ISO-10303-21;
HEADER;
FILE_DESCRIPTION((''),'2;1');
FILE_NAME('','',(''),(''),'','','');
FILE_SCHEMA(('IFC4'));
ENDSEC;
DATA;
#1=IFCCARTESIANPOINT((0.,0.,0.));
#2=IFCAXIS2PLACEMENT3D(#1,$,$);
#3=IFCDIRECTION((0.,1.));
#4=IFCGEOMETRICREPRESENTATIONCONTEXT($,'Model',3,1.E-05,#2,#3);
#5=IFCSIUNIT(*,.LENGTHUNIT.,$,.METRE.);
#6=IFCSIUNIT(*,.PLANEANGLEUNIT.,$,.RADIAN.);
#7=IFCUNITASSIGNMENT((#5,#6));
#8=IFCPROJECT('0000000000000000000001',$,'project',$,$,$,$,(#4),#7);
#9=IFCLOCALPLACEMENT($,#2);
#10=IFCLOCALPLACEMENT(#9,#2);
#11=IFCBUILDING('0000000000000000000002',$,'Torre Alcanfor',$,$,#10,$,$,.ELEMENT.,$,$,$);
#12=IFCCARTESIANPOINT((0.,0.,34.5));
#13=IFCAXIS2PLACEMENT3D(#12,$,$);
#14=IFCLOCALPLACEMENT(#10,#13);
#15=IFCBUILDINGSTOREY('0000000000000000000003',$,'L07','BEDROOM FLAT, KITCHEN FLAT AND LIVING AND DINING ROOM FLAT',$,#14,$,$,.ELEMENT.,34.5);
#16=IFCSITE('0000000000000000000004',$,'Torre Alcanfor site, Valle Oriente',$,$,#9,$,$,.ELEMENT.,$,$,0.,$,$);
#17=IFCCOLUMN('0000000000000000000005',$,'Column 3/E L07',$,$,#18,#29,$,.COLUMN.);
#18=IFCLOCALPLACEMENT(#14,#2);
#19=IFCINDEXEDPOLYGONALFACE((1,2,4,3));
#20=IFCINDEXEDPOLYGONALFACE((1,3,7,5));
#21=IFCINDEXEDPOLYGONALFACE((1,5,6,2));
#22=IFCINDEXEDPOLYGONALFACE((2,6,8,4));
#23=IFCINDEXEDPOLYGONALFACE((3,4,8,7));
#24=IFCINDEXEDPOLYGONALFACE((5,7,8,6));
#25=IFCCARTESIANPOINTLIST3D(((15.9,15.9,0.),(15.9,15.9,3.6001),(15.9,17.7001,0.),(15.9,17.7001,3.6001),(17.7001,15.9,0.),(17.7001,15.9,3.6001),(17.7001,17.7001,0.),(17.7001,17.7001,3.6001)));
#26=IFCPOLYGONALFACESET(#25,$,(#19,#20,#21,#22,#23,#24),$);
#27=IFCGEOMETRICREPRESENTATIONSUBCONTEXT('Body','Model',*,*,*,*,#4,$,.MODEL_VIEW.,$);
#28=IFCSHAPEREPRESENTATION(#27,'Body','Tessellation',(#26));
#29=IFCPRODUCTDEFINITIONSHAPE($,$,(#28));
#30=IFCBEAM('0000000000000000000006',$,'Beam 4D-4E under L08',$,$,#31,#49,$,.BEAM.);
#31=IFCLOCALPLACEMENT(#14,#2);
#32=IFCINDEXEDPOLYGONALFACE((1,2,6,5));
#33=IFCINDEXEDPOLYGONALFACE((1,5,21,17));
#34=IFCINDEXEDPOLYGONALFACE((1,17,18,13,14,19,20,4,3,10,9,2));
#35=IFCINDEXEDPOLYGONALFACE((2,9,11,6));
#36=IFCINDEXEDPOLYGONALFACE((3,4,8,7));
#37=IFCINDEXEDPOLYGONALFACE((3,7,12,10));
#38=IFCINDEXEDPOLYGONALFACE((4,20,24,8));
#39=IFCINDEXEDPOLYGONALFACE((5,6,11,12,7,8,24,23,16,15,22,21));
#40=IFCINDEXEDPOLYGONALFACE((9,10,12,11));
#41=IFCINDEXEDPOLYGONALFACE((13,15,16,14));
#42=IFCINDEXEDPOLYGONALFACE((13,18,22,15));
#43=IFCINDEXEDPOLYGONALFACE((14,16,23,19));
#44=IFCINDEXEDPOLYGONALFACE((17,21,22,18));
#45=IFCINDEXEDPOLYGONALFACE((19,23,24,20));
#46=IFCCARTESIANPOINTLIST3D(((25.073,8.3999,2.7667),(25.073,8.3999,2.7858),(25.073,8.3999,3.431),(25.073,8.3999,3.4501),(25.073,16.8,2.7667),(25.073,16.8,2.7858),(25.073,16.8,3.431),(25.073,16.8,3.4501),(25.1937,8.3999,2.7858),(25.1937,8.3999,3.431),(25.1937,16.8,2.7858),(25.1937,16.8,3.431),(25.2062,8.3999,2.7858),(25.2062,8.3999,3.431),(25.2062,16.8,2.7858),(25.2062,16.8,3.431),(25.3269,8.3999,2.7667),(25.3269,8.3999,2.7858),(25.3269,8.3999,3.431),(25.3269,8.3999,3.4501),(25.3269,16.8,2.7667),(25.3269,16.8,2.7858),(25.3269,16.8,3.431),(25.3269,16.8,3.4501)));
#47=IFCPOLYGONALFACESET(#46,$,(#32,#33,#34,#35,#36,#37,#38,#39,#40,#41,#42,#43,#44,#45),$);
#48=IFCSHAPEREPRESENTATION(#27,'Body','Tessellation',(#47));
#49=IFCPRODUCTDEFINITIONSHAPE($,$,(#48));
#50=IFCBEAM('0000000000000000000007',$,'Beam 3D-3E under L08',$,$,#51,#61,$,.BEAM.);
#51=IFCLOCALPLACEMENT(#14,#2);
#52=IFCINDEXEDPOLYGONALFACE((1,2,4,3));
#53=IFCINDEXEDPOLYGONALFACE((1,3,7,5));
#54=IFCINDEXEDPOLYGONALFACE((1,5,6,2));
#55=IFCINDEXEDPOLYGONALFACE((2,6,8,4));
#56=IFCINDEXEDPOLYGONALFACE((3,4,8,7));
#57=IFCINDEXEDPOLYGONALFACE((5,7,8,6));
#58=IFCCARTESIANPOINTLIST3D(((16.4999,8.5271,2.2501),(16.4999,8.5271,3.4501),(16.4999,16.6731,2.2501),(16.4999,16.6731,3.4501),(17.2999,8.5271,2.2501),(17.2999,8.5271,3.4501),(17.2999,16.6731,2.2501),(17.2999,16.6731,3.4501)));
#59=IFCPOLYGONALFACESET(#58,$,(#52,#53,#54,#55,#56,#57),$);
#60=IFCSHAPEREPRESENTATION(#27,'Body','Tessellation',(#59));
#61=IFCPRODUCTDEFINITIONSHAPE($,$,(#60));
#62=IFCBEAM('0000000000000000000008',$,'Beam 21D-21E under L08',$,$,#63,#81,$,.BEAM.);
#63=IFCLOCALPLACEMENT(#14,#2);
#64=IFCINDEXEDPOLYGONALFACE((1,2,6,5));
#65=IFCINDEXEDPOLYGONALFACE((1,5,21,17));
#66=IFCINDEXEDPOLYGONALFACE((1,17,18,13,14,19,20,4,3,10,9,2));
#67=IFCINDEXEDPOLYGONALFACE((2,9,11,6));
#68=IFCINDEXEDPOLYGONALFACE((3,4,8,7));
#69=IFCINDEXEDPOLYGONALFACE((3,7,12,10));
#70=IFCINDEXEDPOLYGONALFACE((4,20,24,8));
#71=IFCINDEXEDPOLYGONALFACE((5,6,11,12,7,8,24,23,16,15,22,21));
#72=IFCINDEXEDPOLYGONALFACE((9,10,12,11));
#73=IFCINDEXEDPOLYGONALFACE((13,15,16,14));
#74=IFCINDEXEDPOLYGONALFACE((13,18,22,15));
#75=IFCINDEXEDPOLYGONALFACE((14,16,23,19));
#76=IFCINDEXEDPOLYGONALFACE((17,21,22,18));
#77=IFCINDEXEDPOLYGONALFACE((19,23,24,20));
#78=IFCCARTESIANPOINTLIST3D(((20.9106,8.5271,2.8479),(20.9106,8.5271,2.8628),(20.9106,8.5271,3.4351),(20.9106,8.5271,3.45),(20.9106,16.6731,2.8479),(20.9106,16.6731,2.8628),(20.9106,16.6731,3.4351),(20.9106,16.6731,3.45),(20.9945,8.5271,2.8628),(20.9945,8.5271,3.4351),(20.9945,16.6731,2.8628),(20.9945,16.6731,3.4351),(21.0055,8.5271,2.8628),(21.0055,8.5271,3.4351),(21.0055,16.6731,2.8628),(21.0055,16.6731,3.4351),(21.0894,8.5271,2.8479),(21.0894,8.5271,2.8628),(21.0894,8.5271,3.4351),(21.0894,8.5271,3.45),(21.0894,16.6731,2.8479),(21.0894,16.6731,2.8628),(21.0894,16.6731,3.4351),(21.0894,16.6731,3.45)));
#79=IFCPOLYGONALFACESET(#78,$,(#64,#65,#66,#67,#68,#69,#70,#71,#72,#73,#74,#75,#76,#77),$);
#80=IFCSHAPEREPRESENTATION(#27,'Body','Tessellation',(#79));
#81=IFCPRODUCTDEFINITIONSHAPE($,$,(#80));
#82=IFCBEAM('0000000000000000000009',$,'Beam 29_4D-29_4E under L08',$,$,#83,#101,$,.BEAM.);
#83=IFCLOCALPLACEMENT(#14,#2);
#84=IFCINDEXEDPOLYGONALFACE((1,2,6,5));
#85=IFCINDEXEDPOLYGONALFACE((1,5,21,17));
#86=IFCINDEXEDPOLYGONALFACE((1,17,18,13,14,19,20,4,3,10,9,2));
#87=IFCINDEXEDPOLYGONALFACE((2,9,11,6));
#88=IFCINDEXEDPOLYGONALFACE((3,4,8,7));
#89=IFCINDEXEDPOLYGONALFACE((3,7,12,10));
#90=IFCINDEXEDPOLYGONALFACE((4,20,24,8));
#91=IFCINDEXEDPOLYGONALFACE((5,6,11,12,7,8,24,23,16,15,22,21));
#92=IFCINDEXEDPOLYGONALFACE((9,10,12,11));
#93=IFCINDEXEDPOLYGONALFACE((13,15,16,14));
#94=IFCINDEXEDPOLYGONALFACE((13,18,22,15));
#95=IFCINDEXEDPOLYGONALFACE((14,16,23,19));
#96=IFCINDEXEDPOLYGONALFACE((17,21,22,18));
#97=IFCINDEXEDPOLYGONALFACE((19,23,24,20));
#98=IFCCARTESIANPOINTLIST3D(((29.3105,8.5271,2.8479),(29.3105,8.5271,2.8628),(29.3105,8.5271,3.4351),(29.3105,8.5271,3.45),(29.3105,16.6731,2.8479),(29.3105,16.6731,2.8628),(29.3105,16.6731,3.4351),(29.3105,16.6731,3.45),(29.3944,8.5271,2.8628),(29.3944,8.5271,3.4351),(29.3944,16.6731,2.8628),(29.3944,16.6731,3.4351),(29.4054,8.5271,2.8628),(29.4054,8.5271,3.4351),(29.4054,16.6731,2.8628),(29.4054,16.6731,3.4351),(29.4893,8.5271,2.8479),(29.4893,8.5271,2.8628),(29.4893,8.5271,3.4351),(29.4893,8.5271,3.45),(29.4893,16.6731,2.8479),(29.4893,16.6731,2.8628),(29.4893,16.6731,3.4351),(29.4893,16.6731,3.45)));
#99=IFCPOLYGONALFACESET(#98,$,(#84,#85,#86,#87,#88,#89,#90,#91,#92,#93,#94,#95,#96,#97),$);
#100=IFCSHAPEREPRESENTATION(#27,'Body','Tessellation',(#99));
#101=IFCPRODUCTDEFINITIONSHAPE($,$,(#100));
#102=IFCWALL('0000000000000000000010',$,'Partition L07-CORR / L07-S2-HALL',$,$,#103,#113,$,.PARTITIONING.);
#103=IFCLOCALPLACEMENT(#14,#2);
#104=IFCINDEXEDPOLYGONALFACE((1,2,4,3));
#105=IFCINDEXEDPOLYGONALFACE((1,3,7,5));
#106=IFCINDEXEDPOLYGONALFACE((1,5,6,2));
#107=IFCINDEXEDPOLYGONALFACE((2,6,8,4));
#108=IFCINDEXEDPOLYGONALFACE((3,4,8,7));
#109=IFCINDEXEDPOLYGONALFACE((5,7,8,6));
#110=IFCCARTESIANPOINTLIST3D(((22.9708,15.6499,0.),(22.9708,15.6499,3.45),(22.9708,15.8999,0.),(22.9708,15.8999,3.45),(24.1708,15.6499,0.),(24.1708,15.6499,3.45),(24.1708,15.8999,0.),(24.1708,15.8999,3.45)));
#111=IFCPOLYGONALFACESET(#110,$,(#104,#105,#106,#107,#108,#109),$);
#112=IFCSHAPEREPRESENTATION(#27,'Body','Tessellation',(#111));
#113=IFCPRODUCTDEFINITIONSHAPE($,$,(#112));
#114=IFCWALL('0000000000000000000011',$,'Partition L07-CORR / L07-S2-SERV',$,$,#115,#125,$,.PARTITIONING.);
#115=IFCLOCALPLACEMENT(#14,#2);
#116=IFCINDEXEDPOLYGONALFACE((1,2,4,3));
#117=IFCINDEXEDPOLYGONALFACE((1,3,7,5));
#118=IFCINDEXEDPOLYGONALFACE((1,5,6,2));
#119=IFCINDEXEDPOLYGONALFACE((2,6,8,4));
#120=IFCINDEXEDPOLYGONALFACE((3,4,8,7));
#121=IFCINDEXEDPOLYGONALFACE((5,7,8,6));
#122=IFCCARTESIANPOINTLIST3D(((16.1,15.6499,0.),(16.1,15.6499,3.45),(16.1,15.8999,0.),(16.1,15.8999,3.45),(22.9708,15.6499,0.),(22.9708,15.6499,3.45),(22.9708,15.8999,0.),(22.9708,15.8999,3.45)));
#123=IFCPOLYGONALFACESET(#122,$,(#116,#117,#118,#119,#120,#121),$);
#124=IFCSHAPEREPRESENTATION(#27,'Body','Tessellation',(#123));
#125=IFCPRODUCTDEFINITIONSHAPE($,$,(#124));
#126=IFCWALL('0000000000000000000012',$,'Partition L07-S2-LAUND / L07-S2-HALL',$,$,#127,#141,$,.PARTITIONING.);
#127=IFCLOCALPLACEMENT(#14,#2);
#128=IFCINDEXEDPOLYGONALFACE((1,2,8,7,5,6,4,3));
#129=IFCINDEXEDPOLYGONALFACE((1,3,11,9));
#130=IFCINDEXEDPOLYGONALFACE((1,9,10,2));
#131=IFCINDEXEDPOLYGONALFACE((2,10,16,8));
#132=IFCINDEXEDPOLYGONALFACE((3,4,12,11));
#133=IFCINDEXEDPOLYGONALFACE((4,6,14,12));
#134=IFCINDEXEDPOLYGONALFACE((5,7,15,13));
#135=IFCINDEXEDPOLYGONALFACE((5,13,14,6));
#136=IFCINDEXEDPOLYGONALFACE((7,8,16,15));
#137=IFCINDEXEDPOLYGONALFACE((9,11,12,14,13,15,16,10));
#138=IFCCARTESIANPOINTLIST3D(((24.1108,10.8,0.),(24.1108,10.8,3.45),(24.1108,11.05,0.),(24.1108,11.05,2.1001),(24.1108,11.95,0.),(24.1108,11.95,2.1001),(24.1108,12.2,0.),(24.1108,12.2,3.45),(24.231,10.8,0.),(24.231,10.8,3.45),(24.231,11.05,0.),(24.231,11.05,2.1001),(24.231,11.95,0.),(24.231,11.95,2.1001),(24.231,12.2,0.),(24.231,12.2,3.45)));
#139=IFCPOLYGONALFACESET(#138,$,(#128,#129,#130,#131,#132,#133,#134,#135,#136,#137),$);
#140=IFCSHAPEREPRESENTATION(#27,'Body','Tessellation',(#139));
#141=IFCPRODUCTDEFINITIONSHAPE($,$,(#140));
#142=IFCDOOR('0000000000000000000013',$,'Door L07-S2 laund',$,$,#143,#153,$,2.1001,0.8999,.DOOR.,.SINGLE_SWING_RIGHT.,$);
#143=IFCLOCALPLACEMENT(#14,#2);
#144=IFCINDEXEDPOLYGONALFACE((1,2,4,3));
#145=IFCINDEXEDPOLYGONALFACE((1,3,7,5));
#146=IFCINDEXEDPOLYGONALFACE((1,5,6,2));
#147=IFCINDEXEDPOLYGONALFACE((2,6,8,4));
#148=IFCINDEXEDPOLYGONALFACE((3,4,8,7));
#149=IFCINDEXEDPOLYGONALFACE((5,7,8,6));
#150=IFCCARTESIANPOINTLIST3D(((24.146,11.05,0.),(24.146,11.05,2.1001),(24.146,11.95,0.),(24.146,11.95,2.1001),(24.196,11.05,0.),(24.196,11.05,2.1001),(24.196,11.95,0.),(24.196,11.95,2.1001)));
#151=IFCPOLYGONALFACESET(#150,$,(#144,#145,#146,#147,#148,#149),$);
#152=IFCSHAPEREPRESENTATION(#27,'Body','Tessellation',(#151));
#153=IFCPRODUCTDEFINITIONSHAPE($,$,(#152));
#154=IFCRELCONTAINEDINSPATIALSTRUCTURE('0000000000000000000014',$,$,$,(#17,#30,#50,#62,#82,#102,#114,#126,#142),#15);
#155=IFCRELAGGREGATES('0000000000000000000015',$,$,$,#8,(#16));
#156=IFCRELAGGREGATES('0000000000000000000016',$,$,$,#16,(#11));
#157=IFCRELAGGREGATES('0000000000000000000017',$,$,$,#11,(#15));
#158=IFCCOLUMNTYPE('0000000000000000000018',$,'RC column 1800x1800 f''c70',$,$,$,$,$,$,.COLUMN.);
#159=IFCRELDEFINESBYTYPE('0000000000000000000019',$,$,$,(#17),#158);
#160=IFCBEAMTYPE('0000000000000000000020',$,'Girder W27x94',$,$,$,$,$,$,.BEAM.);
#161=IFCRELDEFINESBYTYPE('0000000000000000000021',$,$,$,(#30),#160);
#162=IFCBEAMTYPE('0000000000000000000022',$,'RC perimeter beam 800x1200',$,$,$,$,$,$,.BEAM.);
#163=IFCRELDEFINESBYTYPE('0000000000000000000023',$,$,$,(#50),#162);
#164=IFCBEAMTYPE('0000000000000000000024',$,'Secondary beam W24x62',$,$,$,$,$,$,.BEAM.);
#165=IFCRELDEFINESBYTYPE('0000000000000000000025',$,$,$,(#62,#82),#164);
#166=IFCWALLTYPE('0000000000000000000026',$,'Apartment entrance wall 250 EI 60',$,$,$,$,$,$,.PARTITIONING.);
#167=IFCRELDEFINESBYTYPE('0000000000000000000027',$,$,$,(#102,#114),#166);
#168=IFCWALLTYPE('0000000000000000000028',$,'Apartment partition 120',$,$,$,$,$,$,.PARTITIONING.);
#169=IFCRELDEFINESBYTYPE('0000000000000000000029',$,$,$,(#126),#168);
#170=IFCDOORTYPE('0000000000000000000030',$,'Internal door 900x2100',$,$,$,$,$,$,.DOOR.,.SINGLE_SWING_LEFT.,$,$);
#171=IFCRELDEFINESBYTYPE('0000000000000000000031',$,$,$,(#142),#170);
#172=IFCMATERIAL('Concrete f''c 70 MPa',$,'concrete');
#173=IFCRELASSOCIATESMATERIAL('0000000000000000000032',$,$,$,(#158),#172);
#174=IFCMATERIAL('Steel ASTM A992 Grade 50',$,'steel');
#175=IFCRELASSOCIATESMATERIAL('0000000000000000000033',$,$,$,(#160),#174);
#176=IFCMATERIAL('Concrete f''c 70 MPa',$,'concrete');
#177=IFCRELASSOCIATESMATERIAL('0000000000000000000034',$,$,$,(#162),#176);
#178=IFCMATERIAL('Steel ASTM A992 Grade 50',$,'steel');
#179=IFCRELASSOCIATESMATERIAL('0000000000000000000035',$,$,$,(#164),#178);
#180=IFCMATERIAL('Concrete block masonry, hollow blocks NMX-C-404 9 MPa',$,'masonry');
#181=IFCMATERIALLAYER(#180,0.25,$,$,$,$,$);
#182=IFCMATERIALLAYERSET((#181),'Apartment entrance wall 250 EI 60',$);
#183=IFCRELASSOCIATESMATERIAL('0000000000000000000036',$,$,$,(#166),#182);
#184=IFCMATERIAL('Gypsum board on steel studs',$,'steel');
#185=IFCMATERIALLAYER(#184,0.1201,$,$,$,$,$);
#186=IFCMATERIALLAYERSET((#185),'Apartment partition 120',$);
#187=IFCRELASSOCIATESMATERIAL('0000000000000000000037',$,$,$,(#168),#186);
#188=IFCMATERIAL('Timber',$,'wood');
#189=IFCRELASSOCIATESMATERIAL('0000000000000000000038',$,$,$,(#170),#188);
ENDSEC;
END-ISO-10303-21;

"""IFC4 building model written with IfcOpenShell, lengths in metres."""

from ifc_helpers import new_model, si_unit, direction, frame, frame_2d, origin, origin_2d, place, context, subcontext, project, spatial, rectangle, i_section, extrude, material, layer, layer_set, material_profile, profile_set, type_object, element, fill, save


model = new_model("IFC4")

# Units and contexts
model_context = context("Model", 3, precision=1e-05, world=origin(), true_north=direction((0.0, 1.0)))
body_context = subcontext(model_context, "Body", "Model", "MODEL_VIEW")
ifc_project = project(units=[si_unit("LENGTHUNIT", "METRE"), si_unit("PLANEANGLEUNIT", "RADIAN")], contexts=[model_context])

# Site, building, storey
site_placement = place(None, origin())
site = spatial("IfcSite", under=ifc_project, at=site_placement, Name="Torre Alcanfor site, Valle Oriente", CompositionType="ELEMENT", RefElevation=0.0)
building_placement = place(site_placement, origin())
building = spatial("IfcBuilding", under=site, at=building_placement, Name="Torre Alcanfor", CompositionType="ELEMENT")
storey_placement = place(building_placement, frame((0.0, 0.0, 34.5)))
storey = spatial("IfcBuildingStorey", under=building, at=storey_placement, Name="L07", Description="BEDROOM FLAT, KITCHEN FLAT AND LIVING AND DINING ROOM FLAT", CompositionType="ELEMENT", Elevation=34.5)

# Column
ifc_material_1 = material(Name="Concrete f'c 70 MPa", Category="concrete")
ifc_material_profile_1 = material_profile(ifc_material_1, rectangle(XDim=1.8, YDim=1.8, at=origin_2d()), Name="1800x1800")
ifc_profile_set_1 = profile_set([ifc_material_profile_1], Name="Concrete f'c 70 MPa")
column_type = type_object("IfcColumnType", Name="RC column 1800x1800 f'c70", PredefinedType="COLUMN", material=ifc_profile_set_1)
column_placement = place(storey_placement, frame((16.8, 16.8, 0.0), z_axis=(0.0, 0.0, 1.0), x_axis=(1.0, 0.0, 0.0)))
element("IfcColumn", 1, at=column_placement, inside=storey, type_object=column_type, Name="Column 3/E L07", PredefinedType="COLUMN", context=body_context, shape_type="SweptSolid", body=[
    extrude(rectangle(XDim=1.8, YDim=1.8, at=origin_2d()), origin(), (0.0, 0.0, 1.0), 3.6001),
])

# Beams
ifc_material_2 = material(Name="Steel ASTM A992 Grade 50", Category="steel")
ifc_material_profile_2 = material_profile(ifc_material_2, i_section(OverallWidth=0.2539, OverallDepth=0.6833, WebThickness=0.0125, FlangeThickness=0.019, at=origin_2d()), Name="W27x94")
ifc_profile_set_2 = profile_set([ifc_material_profile_2], Name="Steel ASTM A992 Grade 50")
beam_type_1 = type_object("IfcBeamType", Name="Girder W27x94", PredefinedType="BEAM", material=ifc_profile_set_2)
beam_1_placement = place(storey_placement, frame((25.2, 8.3999, 3.1084), z_axis=(0.0, 1.0, 0.0), x_axis=(-1.0, 0.0, 0.0)))
element("IfcBeam", 2, at=beam_1_placement, inside=storey, type_object=beam_type_1, Name="Beam 4D-4E under L08", PredefinedType="BEAM", context=body_context, shape_type="SweptSolid", body=[
    extrude(i_section(OverallWidth=0.2539, OverallDepth=0.6833, WebThickness=0.0125, FlangeThickness=0.019, at=origin_2d()), origin(), (0.0, 0.0, 1.0), 8.4001),
])
ifc_material_3 = material(Name="Concrete f'c 70 MPa", Category="concrete")
ifc_material_profile_3 = material_profile(ifc_material_3, rectangle(XDim=0.8, YDim=1.2, at=origin_2d()), Name="800x1200")
ifc_profile_set_3 = profile_set([ifc_material_profile_3], Name="Concrete f'c 70 MPa")
beam_type_2 = type_object("IfcBeamType", Name="RC perimeter beam 800x1200", PredefinedType="BEAM", material=ifc_profile_set_3)
beam_2_placement = place(storey_placement, frame((16.8999, 8.5271, 2.8501), z_axis=(0.0, 1.0, 0.0), x_axis=(-1.0, 0.0, 0.0)))
element("IfcBeam", 3, at=beam_2_placement, inside=storey, type_object=beam_type_2, Name="Beam 3D-3E under L08", PredefinedType="BEAM", context=body_context, shape_type="SweptSolid", body=[
    extrude(rectangle(XDim=0.8, YDim=1.2, at=origin_2d()), origin(), (0.0, 0.0, 1.0), 8.146),
])
ifc_material_4 = material(Name="Steel ASTM A992 Grade 50", Category="steel")
ifc_material_profile_4 = material_profile(ifc_material_4, i_section(OverallWidth=0.1787, OverallDepth=0.6021, WebThickness=0.011, FlangeThickness=0.0149, at=origin_2d()), Name="W24x62")
ifc_profile_set_4 = profile_set([ifc_material_profile_4], Name="Steel ASTM A992 Grade 50")
beam_type_3 = type_object("IfcBeamType", Name="Secondary beam W24x62", PredefinedType="BEAM", material=ifc_profile_set_4)
for number, where, z_axis, x_axis, name in (
    (4, (21.0, 8.5271, 3.1489), (0.0, 1.0, 0.0), (-1.0, 0.0, 0.0), "Beam 21D-21E under L08"),
    (5, (29.3999, 8.5271, 3.1489), (0.0, 1.0, 0.0), (-1.0, 0.0, 0.0), "Beam 29_4D-29_4E under L08"),
):
    element("IfcBeam", number, at=place(storey_placement, frame(where, z_axis=z_axis, x_axis=x_axis)), inside=storey, type_object=beam_type_3, Name=name, PredefinedType="BEAM", context=body_context, shape_type="SweptSolid", body=[
        extrude(i_section(OverallWidth=0.1787, OverallDepth=0.6021, WebThickness=0.011, FlangeThickness=0.0149, at=origin_2d()), origin(), (0.0, 0.0, 1.0), 8.146),
    ])

# Walls
ifc_material_5 = material(Name="Concrete block masonry, hollow blocks NMX-C-404 9 MPa", Category="masonry")
ifc_layer_1 = layer(ifc_material_5, 0.25)
ifc_layer_set_1 = layer_set([ifc_layer_1], Name="Apartment entrance wall 250 EI 60")
wall_type_1 = type_object("IfcWallType", Name="Apartment entrance wall 250 EI 60", PredefinedType="PARTITIONING", material=ifc_layer_set_1)
wall_1_placement = place(storey_placement, frame((24.1709, 15.7749, 0.0), z_axis=(0.0, 0.0, 1.0), x_axis=(-1.0, 0.0, 0.0)))
element("IfcWall", 6, at=wall_1_placement, inside=storey, type_object=wall_type_1, Name="Partition L07-CORR / L07-S2-HALL", PredefinedType="PARTITIONING", context=body_context, shape_type="SweptSolid", body=[
    extrude(rectangle(XDim=1.2, YDim=0.25, at=frame_2d((0.6001, 0.0))), origin(), (0.0, 0.0, 1.0), 3.45),
])
wall_2_placement = place(storey_placement, frame((22.9709, 15.7749, 0.0), z_axis=(0.0, 0.0, 1.0), x_axis=(-1.0, 0.0, 0.0)))
element("IfcWall", 7, at=wall_2_placement, inside=storey, type_object=wall_type_1, Name="Partition L07-CORR / L07-S2-SERV", PredefinedType="PARTITIONING", context=body_context, shape_type="SweptSolid", body=[
    extrude(rectangle(XDim=6.8708, YDim=0.25, at=frame_2d((3.4355, 0.0))), origin(), (0.0, 0.0, 1.0), 3.45),
])

# Wall, opening, door
ifc_material_6 = material(Name="Gypsum board on steel studs", Category="steel")
ifc_layer_2 = layer(ifc_material_6, 0.1201)
ifc_layer_set_2 = layer_set([ifc_layer_2], Name="Apartment partition 120")
wall_type_2 = type_object("IfcWallType", Name="Apartment partition 120", PredefinedType="PARTITIONING", material=ifc_layer_set_2)
wall_3_placement = place(storey_placement, frame((24.1709, 10.8, 0.0), z_axis=(0.0, 0.0, 1.0), x_axis=(0.0, 1.0, 0.0)))
wall_3 = element("IfcWall", 8, at=wall_3_placement, inside=storey, type_object=wall_type_2, Name="Partition L07-S2-LAUND / L07-S2-HALL", PredefinedType="PARTITIONING", context=body_context, shape_type="SweptSolid", body=[
    extrude(rectangle(XDim=1.3999, YDim=0.1201, at=frame_2d((0.7, 0.0))), origin(), (0.0, 0.0, 1.0), 3.45),
])
opening_1_placement = place(wall_3_placement, frame((0.25, 0.0, 0.0)))
opening_1 = element("IfcOpeningElement", 9, at=opening_1_placement, cuts=wall_3, PredefinedType="OPENING", context=body_context, shape_type="SweptSolid", body=[
    extrude(rectangle(XDim=0.8999, YDim=2.1001, at=frame_2d((0.45, 1.05))), frame((0.0, 0.0701, 0.0), z_axis=(0.0, -1.0, 0.0), x_axis=(1.0, 0.0, 0.0)), (0.0, 0.0, 1.0), 0.1401),
])
ifc_material_7 = material(Name="Timber", Category="wood")
door_type_1 = type_object("IfcDoorType", Name="Internal door 900x2100", OperationType="SINGLE_SWING_LEFT", PredefinedType="DOOR", material=ifc_material_7)
door_1_placement = place(opening_1_placement, frame((0.8999, 0.0, 0.0), z_axis=(0.0, 0.0, 1.0), x_axis=(-1.0, 0.0, 0.0)))
door_1 = element("IfcDoor", 10, at=door_1_placement, inside=storey, type_object=door_type_1, Name="Door L07-S2 laund", OperationType="SINGLE_SWING_RIGHT", OverallHeight=2.1001, OverallWidth=0.8999, PredefinedType="DOOR", context=body_context, shape_type="SweptSolid", body=[
    extrude(rectangle(XDim=0.8999, YDim=2.1001, at=frame_2d((0.45, 1.05))), frame((0.0, 0.0251, 0.0), z_axis=(0.0, -1.0, 0.0), x_axis=(1.0, 0.0, 0.0)), (0.0, 0.0, 1.0), 0.05),
])
fill(opening_1, door_1)

save(model, "model.ifc")
